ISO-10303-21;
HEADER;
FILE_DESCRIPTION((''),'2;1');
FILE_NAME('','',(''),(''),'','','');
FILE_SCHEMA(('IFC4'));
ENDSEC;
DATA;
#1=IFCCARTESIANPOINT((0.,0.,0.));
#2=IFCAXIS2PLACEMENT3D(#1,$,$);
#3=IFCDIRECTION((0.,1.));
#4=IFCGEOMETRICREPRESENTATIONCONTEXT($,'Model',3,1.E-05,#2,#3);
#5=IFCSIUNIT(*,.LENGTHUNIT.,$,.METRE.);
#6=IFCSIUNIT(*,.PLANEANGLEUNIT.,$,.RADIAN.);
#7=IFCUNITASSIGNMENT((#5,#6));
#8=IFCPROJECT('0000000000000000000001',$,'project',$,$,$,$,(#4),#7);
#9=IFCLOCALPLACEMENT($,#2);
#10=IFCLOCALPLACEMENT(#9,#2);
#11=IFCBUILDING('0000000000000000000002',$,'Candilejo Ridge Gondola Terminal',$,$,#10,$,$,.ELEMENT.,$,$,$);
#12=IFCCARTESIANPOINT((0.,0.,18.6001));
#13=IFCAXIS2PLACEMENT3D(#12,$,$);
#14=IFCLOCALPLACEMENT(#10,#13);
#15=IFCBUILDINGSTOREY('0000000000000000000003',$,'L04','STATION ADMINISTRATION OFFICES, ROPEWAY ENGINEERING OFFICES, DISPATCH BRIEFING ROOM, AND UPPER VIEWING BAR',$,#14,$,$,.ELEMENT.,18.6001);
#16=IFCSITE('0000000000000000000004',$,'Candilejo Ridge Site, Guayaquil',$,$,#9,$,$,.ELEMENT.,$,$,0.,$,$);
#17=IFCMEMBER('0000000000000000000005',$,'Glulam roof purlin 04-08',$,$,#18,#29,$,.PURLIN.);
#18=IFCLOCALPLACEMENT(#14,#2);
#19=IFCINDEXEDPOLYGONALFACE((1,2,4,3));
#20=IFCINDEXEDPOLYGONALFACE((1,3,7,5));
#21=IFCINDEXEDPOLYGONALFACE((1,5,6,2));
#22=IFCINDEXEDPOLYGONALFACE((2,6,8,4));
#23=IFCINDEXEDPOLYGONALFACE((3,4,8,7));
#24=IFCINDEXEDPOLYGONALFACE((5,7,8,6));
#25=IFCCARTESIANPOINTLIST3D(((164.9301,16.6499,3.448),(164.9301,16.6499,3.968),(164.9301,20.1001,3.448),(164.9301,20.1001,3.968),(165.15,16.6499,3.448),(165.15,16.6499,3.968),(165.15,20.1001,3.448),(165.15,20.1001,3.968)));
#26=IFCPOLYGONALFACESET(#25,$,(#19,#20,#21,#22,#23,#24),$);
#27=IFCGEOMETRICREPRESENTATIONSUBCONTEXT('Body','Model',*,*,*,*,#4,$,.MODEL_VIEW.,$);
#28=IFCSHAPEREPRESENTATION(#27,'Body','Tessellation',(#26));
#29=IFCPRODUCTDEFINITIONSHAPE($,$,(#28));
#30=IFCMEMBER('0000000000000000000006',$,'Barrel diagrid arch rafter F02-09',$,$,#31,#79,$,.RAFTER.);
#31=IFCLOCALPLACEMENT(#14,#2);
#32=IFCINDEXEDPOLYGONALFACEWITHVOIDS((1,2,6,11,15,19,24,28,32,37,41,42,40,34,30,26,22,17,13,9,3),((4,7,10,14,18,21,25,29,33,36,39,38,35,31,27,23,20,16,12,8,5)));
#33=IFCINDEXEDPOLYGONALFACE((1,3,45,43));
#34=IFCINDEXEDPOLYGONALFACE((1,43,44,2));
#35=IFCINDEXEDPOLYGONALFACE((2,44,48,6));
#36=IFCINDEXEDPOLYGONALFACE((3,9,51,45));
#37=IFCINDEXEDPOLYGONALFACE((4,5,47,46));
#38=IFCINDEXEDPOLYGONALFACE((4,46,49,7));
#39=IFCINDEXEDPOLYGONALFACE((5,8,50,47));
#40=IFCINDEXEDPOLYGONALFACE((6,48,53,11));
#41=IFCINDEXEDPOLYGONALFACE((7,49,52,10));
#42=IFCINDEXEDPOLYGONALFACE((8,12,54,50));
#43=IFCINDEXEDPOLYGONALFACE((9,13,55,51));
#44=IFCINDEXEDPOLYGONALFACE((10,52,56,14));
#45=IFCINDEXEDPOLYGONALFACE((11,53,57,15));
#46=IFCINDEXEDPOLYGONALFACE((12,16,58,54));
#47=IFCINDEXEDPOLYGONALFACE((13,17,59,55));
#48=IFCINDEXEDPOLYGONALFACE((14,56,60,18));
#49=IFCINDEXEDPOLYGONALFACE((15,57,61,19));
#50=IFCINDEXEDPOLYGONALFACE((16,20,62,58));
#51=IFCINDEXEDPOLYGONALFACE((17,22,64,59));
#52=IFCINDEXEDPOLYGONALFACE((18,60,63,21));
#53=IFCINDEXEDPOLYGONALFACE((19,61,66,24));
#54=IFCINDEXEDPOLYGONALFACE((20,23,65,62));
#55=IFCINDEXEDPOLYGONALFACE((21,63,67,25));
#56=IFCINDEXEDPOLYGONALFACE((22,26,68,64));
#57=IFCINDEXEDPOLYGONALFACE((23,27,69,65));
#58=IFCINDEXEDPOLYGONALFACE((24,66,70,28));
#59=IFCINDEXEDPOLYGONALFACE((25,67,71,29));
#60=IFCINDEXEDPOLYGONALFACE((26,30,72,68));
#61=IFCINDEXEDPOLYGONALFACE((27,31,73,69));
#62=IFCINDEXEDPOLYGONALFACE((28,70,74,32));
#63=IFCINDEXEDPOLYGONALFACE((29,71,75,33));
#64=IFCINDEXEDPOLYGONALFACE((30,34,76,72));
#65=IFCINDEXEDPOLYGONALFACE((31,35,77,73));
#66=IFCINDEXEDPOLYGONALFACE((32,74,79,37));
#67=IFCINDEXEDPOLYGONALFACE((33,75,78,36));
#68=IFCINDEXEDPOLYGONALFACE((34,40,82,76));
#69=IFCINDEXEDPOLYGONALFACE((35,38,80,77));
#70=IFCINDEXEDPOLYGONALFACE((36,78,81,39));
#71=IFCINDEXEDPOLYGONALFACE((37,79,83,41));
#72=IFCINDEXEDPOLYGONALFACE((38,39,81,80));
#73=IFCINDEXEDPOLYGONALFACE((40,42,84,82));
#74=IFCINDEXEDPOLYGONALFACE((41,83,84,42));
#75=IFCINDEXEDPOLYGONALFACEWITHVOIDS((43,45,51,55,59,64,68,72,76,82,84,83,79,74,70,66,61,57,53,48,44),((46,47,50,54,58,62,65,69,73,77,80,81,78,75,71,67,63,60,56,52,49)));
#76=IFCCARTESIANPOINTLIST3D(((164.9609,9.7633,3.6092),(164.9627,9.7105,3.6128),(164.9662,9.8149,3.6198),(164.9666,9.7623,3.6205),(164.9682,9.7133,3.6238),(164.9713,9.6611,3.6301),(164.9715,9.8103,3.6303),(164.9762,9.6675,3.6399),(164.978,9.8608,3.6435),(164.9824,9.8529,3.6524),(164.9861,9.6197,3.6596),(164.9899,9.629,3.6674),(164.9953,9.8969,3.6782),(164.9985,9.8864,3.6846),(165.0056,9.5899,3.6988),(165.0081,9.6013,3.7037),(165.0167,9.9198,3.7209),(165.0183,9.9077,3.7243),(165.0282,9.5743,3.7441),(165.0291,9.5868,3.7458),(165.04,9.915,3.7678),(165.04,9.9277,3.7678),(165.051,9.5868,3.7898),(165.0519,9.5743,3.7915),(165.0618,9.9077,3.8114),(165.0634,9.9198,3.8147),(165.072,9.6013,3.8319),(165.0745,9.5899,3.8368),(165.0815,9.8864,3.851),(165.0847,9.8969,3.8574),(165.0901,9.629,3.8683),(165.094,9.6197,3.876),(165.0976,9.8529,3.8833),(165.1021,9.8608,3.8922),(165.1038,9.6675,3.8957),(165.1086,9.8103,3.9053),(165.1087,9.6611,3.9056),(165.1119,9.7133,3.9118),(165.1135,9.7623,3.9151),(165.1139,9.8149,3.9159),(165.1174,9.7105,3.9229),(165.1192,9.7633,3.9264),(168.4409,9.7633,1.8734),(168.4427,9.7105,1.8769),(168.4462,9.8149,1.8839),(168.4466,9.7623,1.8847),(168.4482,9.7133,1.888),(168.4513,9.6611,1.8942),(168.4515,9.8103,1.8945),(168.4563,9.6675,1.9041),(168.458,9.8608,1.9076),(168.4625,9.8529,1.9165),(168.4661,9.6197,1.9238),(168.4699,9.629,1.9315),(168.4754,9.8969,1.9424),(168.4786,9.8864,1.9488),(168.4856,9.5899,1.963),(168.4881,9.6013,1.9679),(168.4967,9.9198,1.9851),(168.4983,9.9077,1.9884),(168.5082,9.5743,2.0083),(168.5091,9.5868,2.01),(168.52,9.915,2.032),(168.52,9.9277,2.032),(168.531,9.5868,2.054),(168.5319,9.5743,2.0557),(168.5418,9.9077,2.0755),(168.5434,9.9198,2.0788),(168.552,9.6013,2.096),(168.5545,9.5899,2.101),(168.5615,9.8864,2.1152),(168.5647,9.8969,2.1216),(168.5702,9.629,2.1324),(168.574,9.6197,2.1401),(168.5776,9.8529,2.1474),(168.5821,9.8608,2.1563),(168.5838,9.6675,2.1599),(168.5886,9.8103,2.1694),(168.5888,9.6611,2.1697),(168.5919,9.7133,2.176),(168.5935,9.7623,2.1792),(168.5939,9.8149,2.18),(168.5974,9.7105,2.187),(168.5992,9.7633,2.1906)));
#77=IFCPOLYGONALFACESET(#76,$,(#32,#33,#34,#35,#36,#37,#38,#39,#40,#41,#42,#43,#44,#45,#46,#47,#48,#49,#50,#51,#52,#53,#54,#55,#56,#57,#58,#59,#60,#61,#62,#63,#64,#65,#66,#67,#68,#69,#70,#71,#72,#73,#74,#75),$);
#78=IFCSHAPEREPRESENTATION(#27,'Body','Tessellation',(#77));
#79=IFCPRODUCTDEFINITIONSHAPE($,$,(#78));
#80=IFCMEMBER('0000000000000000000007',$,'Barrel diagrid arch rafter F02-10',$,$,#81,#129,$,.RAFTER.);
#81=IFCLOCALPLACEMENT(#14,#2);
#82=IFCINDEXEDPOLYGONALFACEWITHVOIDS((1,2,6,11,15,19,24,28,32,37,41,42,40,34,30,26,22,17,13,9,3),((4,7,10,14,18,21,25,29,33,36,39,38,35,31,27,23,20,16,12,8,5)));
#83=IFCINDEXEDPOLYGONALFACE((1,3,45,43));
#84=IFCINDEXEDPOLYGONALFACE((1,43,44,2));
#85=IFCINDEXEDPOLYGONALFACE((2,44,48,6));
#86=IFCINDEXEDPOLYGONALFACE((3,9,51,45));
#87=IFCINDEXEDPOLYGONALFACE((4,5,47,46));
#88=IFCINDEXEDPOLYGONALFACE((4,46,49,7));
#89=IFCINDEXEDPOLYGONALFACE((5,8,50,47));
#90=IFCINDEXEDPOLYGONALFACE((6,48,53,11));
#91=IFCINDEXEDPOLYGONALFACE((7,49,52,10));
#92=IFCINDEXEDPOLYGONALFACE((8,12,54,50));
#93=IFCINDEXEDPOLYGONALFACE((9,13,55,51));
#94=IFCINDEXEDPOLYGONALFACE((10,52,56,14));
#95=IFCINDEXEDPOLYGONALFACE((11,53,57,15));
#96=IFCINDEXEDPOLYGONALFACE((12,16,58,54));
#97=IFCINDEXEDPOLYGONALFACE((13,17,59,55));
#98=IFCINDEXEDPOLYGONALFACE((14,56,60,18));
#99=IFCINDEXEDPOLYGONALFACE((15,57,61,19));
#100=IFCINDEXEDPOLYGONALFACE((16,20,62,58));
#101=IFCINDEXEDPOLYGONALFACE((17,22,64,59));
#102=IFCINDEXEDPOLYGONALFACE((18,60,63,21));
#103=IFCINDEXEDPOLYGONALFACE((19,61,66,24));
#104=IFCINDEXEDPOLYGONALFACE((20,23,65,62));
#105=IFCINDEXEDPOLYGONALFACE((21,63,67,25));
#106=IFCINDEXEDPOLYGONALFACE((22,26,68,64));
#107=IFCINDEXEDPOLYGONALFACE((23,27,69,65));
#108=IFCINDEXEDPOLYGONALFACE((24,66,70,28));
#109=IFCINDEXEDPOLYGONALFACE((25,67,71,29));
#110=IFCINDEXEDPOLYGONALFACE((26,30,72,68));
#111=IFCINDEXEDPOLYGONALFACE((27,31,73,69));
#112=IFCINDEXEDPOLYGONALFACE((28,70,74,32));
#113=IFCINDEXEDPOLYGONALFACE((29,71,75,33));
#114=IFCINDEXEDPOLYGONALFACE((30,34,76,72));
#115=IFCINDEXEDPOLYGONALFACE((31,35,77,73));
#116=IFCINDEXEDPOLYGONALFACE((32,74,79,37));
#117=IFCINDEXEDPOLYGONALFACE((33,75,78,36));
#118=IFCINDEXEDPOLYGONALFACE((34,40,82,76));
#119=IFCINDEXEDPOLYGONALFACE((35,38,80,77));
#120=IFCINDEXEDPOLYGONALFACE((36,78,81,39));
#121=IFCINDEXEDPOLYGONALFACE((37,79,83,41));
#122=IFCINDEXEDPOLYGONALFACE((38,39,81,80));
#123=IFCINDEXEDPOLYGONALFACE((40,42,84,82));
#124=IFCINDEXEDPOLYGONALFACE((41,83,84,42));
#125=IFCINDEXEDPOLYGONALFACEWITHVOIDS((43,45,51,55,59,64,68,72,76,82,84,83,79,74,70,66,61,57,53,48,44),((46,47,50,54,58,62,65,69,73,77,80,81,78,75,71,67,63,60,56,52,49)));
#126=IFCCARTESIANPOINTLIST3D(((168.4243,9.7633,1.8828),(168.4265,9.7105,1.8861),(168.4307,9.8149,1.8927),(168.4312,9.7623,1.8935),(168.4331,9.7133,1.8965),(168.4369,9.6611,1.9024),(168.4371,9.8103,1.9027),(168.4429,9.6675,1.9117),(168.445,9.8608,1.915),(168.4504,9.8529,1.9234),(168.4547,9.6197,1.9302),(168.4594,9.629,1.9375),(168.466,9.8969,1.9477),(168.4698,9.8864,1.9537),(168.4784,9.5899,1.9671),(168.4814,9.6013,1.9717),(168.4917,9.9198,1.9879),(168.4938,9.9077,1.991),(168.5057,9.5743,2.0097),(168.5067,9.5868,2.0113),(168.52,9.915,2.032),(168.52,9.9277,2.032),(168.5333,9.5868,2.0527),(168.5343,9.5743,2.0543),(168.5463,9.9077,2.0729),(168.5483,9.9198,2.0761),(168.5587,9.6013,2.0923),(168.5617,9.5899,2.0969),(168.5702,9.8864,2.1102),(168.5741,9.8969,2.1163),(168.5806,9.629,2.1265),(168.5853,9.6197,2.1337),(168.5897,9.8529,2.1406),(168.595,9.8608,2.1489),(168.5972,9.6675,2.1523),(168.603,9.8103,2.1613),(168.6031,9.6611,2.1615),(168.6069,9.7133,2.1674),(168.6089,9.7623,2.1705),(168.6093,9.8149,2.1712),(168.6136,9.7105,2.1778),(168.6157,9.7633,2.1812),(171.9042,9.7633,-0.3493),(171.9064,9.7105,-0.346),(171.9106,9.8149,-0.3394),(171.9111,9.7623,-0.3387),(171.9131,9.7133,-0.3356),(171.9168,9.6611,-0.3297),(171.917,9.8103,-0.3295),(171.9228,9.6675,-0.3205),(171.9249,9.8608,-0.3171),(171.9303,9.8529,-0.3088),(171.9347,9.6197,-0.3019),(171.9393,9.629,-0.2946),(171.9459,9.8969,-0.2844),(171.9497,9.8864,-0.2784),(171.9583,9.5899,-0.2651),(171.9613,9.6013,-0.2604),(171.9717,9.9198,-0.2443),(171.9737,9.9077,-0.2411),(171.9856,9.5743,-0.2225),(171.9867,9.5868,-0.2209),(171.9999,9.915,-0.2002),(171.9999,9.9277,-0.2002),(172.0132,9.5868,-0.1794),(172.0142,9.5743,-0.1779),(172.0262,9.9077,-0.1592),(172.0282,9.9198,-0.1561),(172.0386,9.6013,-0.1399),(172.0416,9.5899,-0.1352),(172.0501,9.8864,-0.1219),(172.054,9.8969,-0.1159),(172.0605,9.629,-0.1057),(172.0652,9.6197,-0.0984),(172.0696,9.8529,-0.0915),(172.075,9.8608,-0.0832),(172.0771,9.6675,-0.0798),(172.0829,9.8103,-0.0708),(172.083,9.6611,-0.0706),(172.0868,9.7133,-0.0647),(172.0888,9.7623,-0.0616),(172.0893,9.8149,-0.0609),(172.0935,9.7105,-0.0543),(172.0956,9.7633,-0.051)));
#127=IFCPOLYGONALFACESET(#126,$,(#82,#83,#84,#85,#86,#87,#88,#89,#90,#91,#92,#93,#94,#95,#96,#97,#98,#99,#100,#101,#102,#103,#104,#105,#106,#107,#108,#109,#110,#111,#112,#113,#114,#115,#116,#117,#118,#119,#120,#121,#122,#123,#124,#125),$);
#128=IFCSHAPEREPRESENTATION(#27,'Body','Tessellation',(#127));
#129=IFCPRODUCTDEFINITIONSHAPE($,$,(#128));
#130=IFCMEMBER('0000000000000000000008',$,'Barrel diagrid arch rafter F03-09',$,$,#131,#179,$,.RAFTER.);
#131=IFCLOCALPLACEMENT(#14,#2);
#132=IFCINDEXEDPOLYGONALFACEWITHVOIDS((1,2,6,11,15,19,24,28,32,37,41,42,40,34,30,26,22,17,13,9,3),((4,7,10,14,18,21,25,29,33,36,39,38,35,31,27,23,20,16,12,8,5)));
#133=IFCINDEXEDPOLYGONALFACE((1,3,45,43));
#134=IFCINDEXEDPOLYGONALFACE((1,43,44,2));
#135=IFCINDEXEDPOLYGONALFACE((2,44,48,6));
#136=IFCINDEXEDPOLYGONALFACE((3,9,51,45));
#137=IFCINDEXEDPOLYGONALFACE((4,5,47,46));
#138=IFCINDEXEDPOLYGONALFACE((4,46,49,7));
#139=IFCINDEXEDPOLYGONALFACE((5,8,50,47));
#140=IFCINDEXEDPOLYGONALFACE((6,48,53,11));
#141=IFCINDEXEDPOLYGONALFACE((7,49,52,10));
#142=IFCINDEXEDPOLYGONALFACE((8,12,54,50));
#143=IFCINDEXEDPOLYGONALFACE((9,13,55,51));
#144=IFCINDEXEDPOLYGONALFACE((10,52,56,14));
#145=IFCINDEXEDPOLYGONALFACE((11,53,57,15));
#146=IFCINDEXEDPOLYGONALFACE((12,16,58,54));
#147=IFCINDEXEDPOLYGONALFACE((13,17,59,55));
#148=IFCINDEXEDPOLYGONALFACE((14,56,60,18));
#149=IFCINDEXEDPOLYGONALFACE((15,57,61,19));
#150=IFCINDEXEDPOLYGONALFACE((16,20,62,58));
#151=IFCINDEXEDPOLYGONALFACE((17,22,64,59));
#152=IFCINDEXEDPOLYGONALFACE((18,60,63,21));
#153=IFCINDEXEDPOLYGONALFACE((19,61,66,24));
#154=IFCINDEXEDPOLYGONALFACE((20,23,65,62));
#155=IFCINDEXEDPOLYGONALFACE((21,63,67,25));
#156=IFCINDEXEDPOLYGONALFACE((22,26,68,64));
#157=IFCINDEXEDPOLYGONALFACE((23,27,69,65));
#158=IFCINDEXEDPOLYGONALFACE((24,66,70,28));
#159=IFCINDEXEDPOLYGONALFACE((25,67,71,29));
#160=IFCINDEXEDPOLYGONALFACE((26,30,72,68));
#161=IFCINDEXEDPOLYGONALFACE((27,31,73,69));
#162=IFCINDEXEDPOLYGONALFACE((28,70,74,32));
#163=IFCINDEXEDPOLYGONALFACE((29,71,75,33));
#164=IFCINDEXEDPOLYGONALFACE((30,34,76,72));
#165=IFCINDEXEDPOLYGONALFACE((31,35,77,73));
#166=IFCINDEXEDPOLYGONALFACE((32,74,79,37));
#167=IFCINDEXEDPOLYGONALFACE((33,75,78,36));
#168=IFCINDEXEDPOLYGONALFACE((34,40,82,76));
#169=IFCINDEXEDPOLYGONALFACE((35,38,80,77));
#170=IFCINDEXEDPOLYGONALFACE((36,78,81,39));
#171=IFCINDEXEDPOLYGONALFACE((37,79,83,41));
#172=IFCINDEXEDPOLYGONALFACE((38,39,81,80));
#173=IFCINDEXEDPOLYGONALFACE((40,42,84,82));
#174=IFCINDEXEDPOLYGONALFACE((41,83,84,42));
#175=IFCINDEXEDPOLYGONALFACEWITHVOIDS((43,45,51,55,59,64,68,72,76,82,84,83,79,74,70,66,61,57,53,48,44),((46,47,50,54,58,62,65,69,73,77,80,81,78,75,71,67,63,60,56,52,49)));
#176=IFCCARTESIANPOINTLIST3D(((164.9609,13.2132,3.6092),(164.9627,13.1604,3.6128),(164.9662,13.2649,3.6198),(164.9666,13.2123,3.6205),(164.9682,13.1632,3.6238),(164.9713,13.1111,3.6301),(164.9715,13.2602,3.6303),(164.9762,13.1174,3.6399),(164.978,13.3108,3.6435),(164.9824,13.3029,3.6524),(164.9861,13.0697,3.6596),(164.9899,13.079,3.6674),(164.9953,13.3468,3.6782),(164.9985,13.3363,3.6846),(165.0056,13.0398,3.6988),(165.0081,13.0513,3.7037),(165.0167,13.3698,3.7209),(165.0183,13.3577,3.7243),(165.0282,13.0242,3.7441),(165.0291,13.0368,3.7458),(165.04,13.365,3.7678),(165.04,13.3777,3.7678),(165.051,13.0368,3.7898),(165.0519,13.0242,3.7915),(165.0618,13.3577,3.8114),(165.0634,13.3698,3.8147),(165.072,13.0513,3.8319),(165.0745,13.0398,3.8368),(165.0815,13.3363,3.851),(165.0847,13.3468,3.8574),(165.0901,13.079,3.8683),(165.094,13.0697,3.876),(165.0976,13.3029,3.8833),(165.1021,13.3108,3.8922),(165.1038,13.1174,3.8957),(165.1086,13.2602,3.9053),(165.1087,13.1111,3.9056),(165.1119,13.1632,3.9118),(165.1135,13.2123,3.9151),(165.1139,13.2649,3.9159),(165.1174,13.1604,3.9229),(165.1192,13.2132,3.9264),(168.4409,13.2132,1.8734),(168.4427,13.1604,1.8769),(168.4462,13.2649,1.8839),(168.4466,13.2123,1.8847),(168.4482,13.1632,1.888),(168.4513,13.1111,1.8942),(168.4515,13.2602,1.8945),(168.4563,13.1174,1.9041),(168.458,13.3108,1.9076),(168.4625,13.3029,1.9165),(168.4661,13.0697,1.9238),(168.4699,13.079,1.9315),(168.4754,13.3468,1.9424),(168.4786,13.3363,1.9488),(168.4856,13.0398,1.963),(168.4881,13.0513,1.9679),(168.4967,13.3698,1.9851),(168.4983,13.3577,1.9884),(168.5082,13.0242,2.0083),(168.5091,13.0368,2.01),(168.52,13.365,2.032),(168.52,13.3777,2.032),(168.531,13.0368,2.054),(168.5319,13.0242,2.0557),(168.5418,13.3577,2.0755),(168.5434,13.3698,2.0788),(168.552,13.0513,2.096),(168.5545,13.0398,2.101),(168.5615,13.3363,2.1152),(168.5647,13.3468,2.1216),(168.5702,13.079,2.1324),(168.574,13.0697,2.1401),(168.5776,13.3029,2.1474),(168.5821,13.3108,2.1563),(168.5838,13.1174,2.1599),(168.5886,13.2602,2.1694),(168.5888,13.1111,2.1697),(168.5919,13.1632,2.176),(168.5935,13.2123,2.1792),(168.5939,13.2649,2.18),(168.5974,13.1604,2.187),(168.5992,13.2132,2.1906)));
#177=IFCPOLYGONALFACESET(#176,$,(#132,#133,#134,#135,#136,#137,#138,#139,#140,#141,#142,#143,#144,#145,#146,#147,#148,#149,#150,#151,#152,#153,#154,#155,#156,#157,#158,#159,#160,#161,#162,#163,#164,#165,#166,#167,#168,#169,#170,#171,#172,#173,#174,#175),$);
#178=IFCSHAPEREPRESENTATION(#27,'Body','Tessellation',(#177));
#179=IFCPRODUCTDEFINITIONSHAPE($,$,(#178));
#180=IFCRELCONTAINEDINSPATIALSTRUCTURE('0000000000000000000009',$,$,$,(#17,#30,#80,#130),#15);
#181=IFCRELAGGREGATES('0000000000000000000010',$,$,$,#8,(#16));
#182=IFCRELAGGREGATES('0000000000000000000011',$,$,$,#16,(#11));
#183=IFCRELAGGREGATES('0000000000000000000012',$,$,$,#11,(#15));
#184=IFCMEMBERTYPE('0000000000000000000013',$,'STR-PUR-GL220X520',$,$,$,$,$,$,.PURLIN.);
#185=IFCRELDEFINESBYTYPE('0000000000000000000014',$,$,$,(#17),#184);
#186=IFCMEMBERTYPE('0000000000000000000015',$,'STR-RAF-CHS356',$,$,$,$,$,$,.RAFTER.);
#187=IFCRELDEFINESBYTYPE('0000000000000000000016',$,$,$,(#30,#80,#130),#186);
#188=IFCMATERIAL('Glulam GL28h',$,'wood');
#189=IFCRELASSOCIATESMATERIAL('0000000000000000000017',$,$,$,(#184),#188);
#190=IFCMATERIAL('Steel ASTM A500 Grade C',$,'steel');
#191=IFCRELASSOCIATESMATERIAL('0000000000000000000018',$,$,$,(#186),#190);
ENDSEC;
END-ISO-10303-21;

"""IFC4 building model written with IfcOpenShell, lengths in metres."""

from ifc_helpers import new_model, si_unit, direction, frame, origin, origin_2d, place, context, subcontext, project, spatial, rectangle, hollow_circle, extrude, material, material_profile, profile_set, type_object, element, save


model = new_model("IFC4")

# Units and contexts
model_context = context("Model", 3, precision=1e-05, world=origin(), true_north=direction((0.0, 1.0)))
body_context = subcontext(model_context, "Body", "Model", "MODEL_VIEW")
ifc_project = project(units=[si_unit("LENGTHUNIT", "METRE"), si_unit("PLANEANGLEUNIT", "RADIAN")], contexts=[model_context])

# Site, building, storey
site_placement = place(None, origin())
site = spatial("IfcSite", under=ifc_project, at=site_placement, Name="Candilejo Ridge Site, Guayaquil", CompositionType="ELEMENT", RefElevation=0.0)
building_placement = place(site_placement, origin())
building = spatial("IfcBuilding", under=site, at=building_placement, Name="Candilejo Ridge Gondola Terminal", CompositionType="ELEMENT")
storey_placement = place(building_placement, frame((0.0, 0.0, 18.6001)))
storey = spatial("IfcBuildingStorey", under=building, at=storey_placement, Name="L04", Description="STATION ADMINISTRATION OFFICES, ROPEWAY ENGINEERING OFFICES, DISPATCH BRIEFING ROOM, AND UPPER VIEWING BAR", CompositionType="ELEMENT", Elevation=18.6001)

# Members
ifc_material_1 = material(Name="Glulam GL28h", Category="wood")
ifc_material_profile_1 = material_profile(ifc_material_1, rectangle(XDim=0.22, YDim=0.52, at=origin_2d()))
ifc_profile_set_1 = profile_set([ifc_material_profile_1], Name="Glulam GL28h")
member_type_1 = type_object("IfcMemberType", Name="STR-PUR-GL220X520", PredefinedType="PURLIN", material=ifc_profile_set_1)
member_1_placement = place(storey_placement, frame((165.04, 16.6499, 3.708), z_axis=(0.0, 1.0, 0.0), x_axis=(-1.0, 0.0, 0.0)))
element("IfcMember", 1, at=member_1_placement, inside=storey, type_object=member_type_1, Name="Glulam roof purlin 04-08", PredefinedType="PURLIN", context=body_context, shape_type="SweptSolid", body=[
    extrude(rectangle(XDim=0.22, YDim=0.52, at=origin_2d()), origin(), (0.0, 0.0, 1.0), 3.4502),
])
ifc_material_2 = material(Name="Steel ASTM A500 Grade C", Category="steel")
ifc_material_profile_2 = material_profile(ifc_material_2, hollow_circle(Radius=0.1777, WallThickness=0.0127, at=origin_2d()))
ifc_profile_set_2 = profile_set([ifc_material_profile_2], Name="Steel ASTM A500 Grade C")
member_type_2 = type_object("IfcMemberType", Name="STR-RAF-CHS356", PredefinedType="RAFTER", material=ifc_profile_set_2)
member_2_placement = place(storey_placement, frame((165.04, 9.75, 3.7678), z_axis=(0.894854, 0.0, -0.44636), x_axis=(0.0, 1.0, 0.0)))
element("IfcMember", 2, at=member_2_placement, inside=storey, type_object=member_type_2, Name="Barrel diagrid arch rafter F02-09", PredefinedType="RAFTER", context=body_context, shape_type="SweptSolid", body=[
    extrude(hollow_circle(Radius=0.1777, WallThickness=0.0127, at=origin_2d()), origin(), (0.0, 0.0, 1.0), 3.8889),
])
member_3_placement = place(storey_placement, frame((168.52, 9.75, 2.032), z_axis=(0.841723, 0.0, -0.53991), x_axis=(0.0, 1.0, 0.0)))
element("IfcMember", 3, at=member_3_placement, inside=storey, type_object=member_type_2, Name="Barrel diagrid arch rafter F02-10", PredefinedType="RAFTER", context=body_context, shape_type="SweptSolid", body=[
    extrude(hollow_circle(Radius=0.1777, WallThickness=0.0127, at=origin_2d()), origin(), (0.0, 0.0, 1.0), 4.1343),
])
member_4_placement = place(storey_placement, frame((165.04, 13.2, 3.7678), z_axis=(0.894854, 0.0, -0.44636), x_axis=(0.0, 1.0, 0.0)))
element("IfcMember", 4, at=member_4_placement, inside=storey, type_object=member_type_2, Name="Barrel diagrid arch rafter F03-09", PredefinedType="RAFTER", context=body_context, shape_type="SweptSolid", body=[
    extrude(hollow_circle(Radius=0.1777, WallThickness=0.0127, at=origin_2d()), origin(), (0.0, 0.0, 1.0), 3.8889),
])

save(model, "model.ifc")
